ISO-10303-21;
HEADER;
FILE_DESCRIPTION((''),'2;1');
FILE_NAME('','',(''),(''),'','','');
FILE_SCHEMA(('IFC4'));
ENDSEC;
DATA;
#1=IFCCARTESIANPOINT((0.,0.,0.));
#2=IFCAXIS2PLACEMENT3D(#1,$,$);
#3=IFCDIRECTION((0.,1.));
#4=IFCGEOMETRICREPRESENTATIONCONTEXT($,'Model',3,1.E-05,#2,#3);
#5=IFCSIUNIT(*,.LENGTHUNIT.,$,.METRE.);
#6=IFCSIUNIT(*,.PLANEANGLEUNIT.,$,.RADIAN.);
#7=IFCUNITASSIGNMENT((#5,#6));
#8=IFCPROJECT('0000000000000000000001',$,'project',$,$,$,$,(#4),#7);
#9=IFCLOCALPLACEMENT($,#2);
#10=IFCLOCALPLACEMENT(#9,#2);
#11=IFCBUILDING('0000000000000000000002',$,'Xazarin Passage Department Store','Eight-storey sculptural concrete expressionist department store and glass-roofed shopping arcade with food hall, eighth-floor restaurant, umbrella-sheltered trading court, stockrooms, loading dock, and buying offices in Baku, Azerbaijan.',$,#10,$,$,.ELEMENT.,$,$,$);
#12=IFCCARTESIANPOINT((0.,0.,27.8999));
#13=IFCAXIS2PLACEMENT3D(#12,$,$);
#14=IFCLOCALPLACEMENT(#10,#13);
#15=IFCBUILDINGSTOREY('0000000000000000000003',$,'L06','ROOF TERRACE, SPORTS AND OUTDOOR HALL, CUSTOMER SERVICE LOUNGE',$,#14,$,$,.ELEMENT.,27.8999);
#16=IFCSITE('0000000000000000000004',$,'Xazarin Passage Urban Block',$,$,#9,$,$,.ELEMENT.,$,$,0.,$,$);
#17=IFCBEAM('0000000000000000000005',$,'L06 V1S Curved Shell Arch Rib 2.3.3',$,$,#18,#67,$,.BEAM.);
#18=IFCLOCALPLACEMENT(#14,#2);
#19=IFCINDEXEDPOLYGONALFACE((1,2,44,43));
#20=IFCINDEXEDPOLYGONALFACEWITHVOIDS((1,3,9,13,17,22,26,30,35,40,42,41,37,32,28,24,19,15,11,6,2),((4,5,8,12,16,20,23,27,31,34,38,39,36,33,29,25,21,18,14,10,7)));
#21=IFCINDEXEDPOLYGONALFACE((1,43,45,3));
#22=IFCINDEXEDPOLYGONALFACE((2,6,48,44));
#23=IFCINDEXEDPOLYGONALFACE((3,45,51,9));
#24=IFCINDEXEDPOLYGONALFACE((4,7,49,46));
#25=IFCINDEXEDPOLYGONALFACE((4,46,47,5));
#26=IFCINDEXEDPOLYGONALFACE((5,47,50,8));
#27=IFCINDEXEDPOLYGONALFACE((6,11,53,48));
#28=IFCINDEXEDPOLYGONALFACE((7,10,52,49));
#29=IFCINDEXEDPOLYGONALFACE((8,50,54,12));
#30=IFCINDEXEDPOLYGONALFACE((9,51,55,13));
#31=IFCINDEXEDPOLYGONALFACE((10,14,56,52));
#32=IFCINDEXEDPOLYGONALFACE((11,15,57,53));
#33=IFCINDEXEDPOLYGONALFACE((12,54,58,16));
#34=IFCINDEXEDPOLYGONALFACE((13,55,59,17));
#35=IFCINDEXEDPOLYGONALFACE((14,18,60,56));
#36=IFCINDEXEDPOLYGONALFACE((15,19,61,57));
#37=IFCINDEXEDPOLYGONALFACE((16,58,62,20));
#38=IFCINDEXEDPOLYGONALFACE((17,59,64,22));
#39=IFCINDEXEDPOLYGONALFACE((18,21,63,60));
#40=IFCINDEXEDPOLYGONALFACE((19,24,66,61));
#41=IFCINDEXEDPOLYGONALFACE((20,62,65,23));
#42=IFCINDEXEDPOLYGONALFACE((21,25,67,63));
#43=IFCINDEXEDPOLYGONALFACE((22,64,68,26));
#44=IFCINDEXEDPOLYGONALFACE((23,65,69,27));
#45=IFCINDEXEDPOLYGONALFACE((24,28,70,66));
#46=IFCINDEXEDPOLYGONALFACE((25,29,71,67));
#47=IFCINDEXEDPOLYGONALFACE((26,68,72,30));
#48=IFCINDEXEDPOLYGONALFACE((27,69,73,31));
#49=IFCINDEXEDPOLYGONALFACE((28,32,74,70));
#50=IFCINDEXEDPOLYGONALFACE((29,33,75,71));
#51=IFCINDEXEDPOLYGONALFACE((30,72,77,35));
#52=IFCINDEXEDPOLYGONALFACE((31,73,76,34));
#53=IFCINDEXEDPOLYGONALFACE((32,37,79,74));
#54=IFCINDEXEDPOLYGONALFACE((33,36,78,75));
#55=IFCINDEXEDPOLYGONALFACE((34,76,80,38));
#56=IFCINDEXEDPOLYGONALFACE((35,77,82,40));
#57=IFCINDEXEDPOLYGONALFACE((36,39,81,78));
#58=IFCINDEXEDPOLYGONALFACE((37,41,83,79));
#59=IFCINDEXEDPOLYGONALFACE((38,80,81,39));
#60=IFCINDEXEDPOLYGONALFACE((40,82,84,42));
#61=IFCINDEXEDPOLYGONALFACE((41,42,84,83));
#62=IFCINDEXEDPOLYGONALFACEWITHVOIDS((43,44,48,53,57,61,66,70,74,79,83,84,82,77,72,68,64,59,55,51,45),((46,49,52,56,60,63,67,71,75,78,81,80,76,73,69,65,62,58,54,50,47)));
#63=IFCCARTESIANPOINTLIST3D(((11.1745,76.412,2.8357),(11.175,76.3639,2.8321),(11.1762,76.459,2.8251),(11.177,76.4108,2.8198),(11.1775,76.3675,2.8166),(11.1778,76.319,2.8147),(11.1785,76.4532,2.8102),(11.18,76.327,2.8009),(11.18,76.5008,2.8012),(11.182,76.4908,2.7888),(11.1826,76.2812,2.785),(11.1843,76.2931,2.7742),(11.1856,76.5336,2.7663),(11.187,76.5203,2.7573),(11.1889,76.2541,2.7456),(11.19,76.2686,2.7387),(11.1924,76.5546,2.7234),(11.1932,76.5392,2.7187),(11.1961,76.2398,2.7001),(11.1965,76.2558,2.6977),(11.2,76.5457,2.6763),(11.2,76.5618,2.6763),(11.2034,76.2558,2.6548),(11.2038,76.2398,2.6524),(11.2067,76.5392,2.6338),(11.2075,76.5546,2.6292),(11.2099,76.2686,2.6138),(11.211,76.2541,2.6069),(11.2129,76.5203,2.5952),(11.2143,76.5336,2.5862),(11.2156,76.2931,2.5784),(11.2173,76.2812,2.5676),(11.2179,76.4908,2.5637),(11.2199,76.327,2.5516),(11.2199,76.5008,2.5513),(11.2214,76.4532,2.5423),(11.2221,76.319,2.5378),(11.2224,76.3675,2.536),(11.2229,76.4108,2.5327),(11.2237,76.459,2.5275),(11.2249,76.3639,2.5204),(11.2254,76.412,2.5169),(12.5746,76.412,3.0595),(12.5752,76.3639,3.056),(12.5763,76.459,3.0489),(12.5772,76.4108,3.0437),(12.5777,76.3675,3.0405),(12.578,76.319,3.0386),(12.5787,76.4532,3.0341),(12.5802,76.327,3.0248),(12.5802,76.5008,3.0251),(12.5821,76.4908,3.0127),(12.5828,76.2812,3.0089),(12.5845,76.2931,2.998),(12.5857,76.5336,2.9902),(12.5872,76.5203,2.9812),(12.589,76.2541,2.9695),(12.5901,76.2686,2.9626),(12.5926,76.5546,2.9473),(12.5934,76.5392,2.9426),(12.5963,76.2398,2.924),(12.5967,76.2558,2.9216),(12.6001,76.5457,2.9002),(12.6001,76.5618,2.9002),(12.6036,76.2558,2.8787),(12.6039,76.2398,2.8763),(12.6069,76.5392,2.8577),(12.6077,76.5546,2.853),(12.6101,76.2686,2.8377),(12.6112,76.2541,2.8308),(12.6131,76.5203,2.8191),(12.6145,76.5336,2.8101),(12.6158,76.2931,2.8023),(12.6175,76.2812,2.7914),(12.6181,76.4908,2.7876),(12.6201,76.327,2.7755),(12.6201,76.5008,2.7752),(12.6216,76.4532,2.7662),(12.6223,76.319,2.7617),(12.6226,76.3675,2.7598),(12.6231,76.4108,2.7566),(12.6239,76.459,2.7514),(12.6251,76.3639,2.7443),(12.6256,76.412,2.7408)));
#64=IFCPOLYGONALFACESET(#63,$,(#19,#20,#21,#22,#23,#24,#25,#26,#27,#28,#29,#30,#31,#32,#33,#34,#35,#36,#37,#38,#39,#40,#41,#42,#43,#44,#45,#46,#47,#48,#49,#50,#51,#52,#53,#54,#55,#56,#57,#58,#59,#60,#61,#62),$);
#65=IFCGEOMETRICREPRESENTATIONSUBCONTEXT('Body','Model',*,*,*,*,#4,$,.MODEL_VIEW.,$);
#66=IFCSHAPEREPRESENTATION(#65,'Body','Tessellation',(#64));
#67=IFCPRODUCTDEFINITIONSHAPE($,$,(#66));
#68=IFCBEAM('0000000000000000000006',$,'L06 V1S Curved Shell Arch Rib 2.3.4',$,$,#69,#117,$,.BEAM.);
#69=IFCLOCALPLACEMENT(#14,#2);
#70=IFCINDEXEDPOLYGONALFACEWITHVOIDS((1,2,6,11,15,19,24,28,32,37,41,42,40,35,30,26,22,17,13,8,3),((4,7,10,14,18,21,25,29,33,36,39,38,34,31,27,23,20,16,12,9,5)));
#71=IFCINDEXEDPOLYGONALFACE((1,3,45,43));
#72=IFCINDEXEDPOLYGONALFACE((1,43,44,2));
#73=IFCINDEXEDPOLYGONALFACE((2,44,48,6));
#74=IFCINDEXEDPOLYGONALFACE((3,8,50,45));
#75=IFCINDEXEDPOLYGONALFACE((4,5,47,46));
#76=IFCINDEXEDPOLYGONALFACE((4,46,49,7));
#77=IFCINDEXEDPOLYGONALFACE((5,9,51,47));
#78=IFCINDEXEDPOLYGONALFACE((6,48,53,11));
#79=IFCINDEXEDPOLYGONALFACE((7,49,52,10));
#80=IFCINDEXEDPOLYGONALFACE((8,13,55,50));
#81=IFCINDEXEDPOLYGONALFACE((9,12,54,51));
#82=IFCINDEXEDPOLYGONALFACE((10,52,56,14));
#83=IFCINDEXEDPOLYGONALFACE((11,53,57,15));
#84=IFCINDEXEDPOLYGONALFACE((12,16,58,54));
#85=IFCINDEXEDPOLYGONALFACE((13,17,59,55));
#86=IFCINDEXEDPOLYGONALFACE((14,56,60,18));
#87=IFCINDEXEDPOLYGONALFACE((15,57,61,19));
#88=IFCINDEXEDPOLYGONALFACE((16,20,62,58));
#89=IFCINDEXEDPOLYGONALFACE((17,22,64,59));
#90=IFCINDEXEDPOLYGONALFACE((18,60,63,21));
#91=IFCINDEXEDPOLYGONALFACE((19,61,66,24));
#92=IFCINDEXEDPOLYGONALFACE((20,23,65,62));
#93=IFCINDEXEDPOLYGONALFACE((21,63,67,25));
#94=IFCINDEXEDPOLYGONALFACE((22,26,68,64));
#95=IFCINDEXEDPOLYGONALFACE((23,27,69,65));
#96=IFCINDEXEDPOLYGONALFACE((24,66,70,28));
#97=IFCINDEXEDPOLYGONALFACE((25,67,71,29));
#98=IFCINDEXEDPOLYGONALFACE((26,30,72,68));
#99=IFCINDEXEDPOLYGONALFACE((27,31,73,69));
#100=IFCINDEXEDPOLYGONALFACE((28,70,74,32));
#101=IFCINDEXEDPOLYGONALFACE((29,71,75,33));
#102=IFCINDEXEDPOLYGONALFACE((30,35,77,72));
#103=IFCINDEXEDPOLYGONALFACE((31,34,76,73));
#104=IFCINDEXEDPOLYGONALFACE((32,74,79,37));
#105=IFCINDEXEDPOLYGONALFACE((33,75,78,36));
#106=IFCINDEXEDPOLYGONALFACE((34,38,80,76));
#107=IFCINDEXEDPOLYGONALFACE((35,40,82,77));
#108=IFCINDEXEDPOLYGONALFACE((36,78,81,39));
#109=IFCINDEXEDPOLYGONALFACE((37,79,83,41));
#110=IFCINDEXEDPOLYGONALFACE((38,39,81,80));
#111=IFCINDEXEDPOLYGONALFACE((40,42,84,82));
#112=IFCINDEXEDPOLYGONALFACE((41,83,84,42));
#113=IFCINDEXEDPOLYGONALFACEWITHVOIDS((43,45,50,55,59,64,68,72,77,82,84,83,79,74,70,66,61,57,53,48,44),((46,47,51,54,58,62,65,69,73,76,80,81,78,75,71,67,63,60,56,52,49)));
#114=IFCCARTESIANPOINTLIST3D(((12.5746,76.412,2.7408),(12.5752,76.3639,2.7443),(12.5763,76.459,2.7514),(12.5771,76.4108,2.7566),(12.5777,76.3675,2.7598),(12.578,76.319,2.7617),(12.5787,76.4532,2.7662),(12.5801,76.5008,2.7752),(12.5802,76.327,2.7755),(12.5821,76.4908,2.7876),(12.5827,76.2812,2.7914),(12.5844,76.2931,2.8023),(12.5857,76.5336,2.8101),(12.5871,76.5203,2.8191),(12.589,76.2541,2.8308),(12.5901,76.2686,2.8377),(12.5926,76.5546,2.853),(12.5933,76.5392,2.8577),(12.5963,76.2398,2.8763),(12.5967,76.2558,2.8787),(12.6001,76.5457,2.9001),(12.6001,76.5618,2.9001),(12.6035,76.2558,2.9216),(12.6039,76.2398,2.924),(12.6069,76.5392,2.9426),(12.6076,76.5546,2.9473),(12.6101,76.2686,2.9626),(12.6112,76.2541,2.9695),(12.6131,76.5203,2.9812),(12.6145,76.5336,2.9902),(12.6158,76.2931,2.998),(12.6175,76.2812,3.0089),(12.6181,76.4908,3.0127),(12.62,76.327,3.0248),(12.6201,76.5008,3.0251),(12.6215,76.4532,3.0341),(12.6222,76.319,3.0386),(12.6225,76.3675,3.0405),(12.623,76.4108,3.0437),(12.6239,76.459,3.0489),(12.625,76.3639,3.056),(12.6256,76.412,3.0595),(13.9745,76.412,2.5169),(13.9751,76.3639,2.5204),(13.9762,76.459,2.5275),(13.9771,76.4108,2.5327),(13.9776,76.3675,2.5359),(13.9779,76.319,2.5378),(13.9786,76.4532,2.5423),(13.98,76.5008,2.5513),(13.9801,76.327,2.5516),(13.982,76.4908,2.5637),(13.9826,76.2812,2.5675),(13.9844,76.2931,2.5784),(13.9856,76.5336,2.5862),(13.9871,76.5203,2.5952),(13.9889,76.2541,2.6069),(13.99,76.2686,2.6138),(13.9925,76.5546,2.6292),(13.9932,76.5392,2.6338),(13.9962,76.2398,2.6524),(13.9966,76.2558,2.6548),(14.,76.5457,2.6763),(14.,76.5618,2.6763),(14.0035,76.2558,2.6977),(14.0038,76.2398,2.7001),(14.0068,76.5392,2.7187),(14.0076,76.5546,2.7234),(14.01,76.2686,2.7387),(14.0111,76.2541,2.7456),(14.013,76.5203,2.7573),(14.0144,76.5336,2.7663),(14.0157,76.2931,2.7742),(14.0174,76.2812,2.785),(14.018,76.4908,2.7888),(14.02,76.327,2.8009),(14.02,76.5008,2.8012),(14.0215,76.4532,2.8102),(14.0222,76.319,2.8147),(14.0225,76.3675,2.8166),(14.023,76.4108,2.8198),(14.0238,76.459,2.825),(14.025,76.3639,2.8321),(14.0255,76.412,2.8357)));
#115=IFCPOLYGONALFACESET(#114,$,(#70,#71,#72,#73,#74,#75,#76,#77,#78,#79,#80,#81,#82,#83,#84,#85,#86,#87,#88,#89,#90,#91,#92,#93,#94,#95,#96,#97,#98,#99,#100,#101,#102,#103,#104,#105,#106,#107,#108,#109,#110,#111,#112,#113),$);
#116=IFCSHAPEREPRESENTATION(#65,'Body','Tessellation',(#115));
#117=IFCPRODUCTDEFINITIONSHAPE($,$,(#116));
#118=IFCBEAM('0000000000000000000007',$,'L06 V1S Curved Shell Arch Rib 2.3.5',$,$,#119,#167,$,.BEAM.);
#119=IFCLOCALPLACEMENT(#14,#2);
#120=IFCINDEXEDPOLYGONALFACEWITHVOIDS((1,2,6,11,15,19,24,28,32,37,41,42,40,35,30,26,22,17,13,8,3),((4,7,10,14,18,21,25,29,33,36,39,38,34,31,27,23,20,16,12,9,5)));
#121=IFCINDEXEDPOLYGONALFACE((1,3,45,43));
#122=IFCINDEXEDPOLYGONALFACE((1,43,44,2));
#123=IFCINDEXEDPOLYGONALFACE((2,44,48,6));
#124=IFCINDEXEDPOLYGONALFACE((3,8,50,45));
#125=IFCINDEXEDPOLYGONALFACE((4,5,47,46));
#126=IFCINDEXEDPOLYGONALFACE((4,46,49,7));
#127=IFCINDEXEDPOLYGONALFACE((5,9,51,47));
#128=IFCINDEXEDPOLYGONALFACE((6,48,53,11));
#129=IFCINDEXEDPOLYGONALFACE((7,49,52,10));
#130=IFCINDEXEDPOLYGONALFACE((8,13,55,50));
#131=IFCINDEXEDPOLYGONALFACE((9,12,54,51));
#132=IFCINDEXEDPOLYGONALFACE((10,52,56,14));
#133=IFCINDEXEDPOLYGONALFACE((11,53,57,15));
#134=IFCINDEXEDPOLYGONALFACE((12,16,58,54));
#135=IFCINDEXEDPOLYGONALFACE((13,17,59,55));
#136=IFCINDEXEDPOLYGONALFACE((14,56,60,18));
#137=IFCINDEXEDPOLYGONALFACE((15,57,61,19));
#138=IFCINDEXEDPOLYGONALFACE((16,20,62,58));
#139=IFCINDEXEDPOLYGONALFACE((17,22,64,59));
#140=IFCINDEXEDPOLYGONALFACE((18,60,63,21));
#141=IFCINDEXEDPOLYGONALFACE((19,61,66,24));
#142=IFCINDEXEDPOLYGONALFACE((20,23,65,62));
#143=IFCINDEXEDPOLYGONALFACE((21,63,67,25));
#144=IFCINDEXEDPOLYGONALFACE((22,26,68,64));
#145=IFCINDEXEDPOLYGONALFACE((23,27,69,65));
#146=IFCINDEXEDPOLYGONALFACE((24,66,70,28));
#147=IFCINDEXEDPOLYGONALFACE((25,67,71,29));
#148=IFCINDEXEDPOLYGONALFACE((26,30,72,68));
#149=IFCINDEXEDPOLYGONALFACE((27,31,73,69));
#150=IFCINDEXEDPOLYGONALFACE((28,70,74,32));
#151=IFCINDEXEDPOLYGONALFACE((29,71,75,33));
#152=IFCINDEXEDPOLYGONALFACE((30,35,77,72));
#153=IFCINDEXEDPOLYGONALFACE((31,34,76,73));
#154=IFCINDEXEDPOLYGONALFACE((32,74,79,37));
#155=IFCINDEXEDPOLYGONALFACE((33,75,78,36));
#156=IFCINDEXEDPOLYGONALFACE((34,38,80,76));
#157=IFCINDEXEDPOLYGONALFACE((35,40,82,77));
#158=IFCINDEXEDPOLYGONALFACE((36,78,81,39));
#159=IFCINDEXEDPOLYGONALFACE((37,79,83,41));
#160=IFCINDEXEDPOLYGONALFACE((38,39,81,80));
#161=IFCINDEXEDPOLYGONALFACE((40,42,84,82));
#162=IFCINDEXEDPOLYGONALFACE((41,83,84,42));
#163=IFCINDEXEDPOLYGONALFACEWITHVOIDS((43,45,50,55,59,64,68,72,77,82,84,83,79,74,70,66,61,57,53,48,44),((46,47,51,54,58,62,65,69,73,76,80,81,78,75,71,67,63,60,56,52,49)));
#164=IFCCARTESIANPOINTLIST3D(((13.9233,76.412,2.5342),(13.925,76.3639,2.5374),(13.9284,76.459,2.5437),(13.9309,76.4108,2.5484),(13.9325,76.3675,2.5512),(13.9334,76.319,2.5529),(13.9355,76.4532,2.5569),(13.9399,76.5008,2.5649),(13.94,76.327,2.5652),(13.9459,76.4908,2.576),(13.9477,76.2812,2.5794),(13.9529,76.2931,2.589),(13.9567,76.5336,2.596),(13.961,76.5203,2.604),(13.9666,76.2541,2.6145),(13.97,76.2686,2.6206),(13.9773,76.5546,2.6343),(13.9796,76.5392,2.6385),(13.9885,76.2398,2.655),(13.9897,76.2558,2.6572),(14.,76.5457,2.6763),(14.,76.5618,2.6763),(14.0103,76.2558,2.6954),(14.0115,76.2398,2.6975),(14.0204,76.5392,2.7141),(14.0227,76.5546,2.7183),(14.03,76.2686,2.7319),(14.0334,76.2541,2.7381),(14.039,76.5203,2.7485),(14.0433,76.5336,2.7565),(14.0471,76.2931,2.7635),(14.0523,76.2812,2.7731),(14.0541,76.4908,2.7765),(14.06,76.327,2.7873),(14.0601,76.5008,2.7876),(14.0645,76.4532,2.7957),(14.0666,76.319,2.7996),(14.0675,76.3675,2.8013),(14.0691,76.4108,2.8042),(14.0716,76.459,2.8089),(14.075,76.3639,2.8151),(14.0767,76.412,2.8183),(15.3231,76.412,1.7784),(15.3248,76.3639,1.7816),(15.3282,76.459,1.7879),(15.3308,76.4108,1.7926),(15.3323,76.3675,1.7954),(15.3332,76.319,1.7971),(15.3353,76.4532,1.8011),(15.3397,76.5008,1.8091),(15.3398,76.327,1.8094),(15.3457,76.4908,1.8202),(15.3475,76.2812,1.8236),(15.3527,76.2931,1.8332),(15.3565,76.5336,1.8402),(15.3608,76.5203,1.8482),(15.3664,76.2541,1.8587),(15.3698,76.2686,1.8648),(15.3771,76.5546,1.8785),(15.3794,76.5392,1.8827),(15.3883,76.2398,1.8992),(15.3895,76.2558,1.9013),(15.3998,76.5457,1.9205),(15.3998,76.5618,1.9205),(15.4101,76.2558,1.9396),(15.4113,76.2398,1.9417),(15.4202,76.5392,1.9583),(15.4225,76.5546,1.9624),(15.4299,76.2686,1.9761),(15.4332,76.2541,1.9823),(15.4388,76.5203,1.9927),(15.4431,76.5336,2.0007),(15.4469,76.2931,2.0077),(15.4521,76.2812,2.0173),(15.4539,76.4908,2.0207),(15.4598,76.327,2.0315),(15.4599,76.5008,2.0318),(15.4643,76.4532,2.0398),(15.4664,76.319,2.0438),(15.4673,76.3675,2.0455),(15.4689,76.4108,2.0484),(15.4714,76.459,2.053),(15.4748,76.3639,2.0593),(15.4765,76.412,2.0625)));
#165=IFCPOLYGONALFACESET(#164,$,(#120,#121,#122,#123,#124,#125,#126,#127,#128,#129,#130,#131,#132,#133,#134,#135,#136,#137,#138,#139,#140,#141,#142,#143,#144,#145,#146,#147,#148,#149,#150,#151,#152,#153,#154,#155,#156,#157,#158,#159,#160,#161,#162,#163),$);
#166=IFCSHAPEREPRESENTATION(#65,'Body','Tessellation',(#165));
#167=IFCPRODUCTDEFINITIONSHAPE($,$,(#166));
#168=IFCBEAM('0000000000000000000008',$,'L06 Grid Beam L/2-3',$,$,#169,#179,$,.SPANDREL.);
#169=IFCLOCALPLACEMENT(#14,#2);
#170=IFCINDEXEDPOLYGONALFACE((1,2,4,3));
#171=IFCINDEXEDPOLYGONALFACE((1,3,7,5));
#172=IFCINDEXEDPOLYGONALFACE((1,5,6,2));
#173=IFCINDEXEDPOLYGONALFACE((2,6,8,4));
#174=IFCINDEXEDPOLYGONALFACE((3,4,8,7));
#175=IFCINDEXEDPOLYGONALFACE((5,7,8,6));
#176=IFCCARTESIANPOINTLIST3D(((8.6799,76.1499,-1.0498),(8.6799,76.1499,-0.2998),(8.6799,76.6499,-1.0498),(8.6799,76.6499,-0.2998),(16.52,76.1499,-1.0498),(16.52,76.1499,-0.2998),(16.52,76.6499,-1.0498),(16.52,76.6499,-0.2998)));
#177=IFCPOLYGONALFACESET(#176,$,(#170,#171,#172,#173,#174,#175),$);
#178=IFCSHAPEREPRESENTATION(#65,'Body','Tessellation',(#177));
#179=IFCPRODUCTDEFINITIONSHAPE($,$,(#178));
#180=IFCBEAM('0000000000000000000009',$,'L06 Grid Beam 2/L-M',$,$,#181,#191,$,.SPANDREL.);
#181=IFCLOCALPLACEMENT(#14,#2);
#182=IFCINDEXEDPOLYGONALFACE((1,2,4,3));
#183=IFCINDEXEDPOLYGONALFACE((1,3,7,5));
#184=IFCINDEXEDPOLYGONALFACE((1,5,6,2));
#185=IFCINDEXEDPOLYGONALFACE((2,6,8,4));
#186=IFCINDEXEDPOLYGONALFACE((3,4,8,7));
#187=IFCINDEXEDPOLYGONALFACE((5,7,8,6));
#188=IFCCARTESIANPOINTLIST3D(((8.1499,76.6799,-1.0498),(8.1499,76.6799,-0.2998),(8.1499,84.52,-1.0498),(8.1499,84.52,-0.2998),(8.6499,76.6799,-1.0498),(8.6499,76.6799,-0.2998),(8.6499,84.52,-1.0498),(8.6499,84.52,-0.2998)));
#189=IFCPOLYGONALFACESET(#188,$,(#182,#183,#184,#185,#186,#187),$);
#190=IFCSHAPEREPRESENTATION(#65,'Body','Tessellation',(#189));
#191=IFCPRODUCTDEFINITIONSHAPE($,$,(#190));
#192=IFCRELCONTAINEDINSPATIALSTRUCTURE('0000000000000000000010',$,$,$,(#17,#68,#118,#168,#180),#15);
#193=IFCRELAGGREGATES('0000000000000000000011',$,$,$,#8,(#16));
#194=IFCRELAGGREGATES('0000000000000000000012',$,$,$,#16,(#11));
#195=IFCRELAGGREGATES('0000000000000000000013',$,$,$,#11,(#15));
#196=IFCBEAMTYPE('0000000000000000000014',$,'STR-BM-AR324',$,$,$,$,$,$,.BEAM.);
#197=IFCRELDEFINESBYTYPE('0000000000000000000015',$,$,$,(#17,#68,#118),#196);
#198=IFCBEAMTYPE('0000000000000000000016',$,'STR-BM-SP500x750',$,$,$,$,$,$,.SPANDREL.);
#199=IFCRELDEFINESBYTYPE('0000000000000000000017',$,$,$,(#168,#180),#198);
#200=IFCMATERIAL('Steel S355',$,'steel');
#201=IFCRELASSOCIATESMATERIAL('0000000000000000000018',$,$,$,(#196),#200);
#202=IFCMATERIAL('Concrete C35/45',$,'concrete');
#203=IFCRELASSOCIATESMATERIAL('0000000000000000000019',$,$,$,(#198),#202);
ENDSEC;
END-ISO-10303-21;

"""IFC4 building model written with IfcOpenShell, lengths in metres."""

from ifc_helpers import new_model, si_unit, direction, frame, origin, origin_2d, place, context, subcontext, project, spatial, rectangle, hollow_circle, extrude, material, material_profile, profile_set, type_object, element, save


model = new_model("IFC4")

# Units and contexts
model_context = context("Model", 3, precision=1e-05, world=origin(), true_north=direction((0.0, 1.0)))
body_context = subcontext(model_context, "Body", "Model", "MODEL_VIEW")
ifc_project = project(units=[si_unit("LENGTHUNIT", "METRE"), si_unit("PLANEANGLEUNIT", "RADIAN")], contexts=[model_context])

# Site, building, storey
site_placement = place(None, origin())
site = spatial("IfcSite", under=ifc_project, at=site_placement, Name="Xazarin Passage Urban Block", CompositionType="ELEMENT", RefElevation=0.0)
building_placement = place(site_placement, origin())
building = spatial("IfcBuilding", under=site, at=building_placement, Name="Xazarin Passage Department Store", Description="Eight-storey sculptural concrete expressionist department store and glass-roofed shopping arcade with food hall, eighth-floor restaurant, umbrella-sheltered trading court, stockrooms, loading dock, and buying offices in Baku, Azerbaijan.", CompositionType="ELEMENT")
storey_placement = place(building_placement, frame((0.0, 0.0, 27.8999)))
storey = spatial("IfcBuildingStorey", under=building, at=storey_placement, Name="L06", Description="ROOF TERRACE, SPORTS AND OUTDOOR HALL, CUSTOMER SERVICE LOUNGE", CompositionType="ELEMENT", Elevation=27.8999)

# Beams
ifc_material_1 = material(Name="Steel S355", Category="steel")
ifc_material_profile_1 = material_profile(ifc_material_1, hollow_circle(Radius=0.1619, WallThickness=0.0161, at=origin_2d()), Name="CHS 323.9x16")
ifc_profile_set_1 = profile_set([ifc_material_profile_1], Name="Steel S355")
beam_type_1 = type_object("IfcBeamType", Name="STR-BM-AR324", PredefinedType="BEAM", material=ifc_profile_set_1)
beam_1_placement = place(storey_placement, frame((11.2, 76.3999, 2.6763), z_axis=(0.987457, 0.0, 0.15789), x_axis=(0.0, 1.0, 0.0)))
element("IfcBeam", 1, at=beam_1_placement, inside=storey, type_object=beam_type_1, Name="L06 V1S Curved Shell Arch Rib 2.3.3", PredefinedType="BEAM", context=body_context, shape_type="SweptSolid", body=[
    extrude(hollow_circle(Radius=0.1619, WallThickness=0.0161, at=origin_2d()), origin(), (0.0, 0.0, 1.0), 1.418),
])
beam_2_placement = place(storey_placement, frame((12.6001, 76.3999, 2.9001), z_axis=(0.987452, 0.0, -0.157917), x_axis=(0.0, 1.0, 0.0)))
element("IfcBeam", 2, at=beam_2_placement, inside=storey, type_object=beam_type_1, Name="L06 V1S Curved Shell Arch Rib 2.3.4", PredefinedType="BEAM", context=body_context, shape_type="SweptSolid", body=[
    extrude(hollow_circle(Radius=0.1619, WallThickness=0.0161, at=origin_2d()), origin(), (0.0, 0.0, 1.0), 1.4177),
])
beam_3_placement = place(storey_placement, frame((14.0, 76.3999, 2.6763), z_axis=(0.879928, 0.0, -0.475106), x_axis=(0.0, 1.0, 0.0)))
element("IfcBeam", 3, at=beam_3_placement, inside=storey, type_object=beam_type_1, Name="L06 V1S Curved Shell Arch Rib 2.3.5", PredefinedType="BEAM", context=body_context, shape_type="SweptSolid", body=[
    extrude(hollow_circle(Radius=0.1619, WallThickness=0.0161, at=origin_2d()), origin(), (0.0, 0.0, 1.0), 1.5908),
])
ifc_material_2 = material(Name="Concrete C35/45", Category="concrete")
ifc_material_profile_2 = material_profile(ifc_material_2, rectangle(XDim=0.5, YDim=0.75, at=origin_2d()), Name="RC 500x750")
ifc_profile_set_2 = profile_set([ifc_material_profile_2], Name="Concrete C35/45")
beam_type_2 = type_object("IfcBeamType", Name="STR-BM-SP500x750", PredefinedType="SPANDREL", material=ifc_profile_set_2)
for number, where, z_axis, x_axis, name in (
    (4, (8.6799, 76.3999, -0.6748), (1.0, 0.0, 0.0), (0.0, 1.0, 0.0), "L06 Grid Beam L/2-3"),
    (5, (8.3999, 76.6799, -0.6748), (0.0, 1.0, 0.0), (-1.0, 0.0, 0.0), "L06 Grid Beam 2/L-M"),
):
    element("IfcBeam", number, at=place(storey_placement, frame(where, z_axis=z_axis, x_axis=x_axis)), inside=storey, type_object=beam_type_2, Name=name, PredefinedType="SPANDREL", context=body_context, shape_type="SweptSolid", body=[
        extrude(rectangle(XDim=0.5, YDim=0.75, at=origin_2d()), origin(), (0.0, 0.0, 1.0), 7.8401),
    ])

save(model, "model.ifc")
